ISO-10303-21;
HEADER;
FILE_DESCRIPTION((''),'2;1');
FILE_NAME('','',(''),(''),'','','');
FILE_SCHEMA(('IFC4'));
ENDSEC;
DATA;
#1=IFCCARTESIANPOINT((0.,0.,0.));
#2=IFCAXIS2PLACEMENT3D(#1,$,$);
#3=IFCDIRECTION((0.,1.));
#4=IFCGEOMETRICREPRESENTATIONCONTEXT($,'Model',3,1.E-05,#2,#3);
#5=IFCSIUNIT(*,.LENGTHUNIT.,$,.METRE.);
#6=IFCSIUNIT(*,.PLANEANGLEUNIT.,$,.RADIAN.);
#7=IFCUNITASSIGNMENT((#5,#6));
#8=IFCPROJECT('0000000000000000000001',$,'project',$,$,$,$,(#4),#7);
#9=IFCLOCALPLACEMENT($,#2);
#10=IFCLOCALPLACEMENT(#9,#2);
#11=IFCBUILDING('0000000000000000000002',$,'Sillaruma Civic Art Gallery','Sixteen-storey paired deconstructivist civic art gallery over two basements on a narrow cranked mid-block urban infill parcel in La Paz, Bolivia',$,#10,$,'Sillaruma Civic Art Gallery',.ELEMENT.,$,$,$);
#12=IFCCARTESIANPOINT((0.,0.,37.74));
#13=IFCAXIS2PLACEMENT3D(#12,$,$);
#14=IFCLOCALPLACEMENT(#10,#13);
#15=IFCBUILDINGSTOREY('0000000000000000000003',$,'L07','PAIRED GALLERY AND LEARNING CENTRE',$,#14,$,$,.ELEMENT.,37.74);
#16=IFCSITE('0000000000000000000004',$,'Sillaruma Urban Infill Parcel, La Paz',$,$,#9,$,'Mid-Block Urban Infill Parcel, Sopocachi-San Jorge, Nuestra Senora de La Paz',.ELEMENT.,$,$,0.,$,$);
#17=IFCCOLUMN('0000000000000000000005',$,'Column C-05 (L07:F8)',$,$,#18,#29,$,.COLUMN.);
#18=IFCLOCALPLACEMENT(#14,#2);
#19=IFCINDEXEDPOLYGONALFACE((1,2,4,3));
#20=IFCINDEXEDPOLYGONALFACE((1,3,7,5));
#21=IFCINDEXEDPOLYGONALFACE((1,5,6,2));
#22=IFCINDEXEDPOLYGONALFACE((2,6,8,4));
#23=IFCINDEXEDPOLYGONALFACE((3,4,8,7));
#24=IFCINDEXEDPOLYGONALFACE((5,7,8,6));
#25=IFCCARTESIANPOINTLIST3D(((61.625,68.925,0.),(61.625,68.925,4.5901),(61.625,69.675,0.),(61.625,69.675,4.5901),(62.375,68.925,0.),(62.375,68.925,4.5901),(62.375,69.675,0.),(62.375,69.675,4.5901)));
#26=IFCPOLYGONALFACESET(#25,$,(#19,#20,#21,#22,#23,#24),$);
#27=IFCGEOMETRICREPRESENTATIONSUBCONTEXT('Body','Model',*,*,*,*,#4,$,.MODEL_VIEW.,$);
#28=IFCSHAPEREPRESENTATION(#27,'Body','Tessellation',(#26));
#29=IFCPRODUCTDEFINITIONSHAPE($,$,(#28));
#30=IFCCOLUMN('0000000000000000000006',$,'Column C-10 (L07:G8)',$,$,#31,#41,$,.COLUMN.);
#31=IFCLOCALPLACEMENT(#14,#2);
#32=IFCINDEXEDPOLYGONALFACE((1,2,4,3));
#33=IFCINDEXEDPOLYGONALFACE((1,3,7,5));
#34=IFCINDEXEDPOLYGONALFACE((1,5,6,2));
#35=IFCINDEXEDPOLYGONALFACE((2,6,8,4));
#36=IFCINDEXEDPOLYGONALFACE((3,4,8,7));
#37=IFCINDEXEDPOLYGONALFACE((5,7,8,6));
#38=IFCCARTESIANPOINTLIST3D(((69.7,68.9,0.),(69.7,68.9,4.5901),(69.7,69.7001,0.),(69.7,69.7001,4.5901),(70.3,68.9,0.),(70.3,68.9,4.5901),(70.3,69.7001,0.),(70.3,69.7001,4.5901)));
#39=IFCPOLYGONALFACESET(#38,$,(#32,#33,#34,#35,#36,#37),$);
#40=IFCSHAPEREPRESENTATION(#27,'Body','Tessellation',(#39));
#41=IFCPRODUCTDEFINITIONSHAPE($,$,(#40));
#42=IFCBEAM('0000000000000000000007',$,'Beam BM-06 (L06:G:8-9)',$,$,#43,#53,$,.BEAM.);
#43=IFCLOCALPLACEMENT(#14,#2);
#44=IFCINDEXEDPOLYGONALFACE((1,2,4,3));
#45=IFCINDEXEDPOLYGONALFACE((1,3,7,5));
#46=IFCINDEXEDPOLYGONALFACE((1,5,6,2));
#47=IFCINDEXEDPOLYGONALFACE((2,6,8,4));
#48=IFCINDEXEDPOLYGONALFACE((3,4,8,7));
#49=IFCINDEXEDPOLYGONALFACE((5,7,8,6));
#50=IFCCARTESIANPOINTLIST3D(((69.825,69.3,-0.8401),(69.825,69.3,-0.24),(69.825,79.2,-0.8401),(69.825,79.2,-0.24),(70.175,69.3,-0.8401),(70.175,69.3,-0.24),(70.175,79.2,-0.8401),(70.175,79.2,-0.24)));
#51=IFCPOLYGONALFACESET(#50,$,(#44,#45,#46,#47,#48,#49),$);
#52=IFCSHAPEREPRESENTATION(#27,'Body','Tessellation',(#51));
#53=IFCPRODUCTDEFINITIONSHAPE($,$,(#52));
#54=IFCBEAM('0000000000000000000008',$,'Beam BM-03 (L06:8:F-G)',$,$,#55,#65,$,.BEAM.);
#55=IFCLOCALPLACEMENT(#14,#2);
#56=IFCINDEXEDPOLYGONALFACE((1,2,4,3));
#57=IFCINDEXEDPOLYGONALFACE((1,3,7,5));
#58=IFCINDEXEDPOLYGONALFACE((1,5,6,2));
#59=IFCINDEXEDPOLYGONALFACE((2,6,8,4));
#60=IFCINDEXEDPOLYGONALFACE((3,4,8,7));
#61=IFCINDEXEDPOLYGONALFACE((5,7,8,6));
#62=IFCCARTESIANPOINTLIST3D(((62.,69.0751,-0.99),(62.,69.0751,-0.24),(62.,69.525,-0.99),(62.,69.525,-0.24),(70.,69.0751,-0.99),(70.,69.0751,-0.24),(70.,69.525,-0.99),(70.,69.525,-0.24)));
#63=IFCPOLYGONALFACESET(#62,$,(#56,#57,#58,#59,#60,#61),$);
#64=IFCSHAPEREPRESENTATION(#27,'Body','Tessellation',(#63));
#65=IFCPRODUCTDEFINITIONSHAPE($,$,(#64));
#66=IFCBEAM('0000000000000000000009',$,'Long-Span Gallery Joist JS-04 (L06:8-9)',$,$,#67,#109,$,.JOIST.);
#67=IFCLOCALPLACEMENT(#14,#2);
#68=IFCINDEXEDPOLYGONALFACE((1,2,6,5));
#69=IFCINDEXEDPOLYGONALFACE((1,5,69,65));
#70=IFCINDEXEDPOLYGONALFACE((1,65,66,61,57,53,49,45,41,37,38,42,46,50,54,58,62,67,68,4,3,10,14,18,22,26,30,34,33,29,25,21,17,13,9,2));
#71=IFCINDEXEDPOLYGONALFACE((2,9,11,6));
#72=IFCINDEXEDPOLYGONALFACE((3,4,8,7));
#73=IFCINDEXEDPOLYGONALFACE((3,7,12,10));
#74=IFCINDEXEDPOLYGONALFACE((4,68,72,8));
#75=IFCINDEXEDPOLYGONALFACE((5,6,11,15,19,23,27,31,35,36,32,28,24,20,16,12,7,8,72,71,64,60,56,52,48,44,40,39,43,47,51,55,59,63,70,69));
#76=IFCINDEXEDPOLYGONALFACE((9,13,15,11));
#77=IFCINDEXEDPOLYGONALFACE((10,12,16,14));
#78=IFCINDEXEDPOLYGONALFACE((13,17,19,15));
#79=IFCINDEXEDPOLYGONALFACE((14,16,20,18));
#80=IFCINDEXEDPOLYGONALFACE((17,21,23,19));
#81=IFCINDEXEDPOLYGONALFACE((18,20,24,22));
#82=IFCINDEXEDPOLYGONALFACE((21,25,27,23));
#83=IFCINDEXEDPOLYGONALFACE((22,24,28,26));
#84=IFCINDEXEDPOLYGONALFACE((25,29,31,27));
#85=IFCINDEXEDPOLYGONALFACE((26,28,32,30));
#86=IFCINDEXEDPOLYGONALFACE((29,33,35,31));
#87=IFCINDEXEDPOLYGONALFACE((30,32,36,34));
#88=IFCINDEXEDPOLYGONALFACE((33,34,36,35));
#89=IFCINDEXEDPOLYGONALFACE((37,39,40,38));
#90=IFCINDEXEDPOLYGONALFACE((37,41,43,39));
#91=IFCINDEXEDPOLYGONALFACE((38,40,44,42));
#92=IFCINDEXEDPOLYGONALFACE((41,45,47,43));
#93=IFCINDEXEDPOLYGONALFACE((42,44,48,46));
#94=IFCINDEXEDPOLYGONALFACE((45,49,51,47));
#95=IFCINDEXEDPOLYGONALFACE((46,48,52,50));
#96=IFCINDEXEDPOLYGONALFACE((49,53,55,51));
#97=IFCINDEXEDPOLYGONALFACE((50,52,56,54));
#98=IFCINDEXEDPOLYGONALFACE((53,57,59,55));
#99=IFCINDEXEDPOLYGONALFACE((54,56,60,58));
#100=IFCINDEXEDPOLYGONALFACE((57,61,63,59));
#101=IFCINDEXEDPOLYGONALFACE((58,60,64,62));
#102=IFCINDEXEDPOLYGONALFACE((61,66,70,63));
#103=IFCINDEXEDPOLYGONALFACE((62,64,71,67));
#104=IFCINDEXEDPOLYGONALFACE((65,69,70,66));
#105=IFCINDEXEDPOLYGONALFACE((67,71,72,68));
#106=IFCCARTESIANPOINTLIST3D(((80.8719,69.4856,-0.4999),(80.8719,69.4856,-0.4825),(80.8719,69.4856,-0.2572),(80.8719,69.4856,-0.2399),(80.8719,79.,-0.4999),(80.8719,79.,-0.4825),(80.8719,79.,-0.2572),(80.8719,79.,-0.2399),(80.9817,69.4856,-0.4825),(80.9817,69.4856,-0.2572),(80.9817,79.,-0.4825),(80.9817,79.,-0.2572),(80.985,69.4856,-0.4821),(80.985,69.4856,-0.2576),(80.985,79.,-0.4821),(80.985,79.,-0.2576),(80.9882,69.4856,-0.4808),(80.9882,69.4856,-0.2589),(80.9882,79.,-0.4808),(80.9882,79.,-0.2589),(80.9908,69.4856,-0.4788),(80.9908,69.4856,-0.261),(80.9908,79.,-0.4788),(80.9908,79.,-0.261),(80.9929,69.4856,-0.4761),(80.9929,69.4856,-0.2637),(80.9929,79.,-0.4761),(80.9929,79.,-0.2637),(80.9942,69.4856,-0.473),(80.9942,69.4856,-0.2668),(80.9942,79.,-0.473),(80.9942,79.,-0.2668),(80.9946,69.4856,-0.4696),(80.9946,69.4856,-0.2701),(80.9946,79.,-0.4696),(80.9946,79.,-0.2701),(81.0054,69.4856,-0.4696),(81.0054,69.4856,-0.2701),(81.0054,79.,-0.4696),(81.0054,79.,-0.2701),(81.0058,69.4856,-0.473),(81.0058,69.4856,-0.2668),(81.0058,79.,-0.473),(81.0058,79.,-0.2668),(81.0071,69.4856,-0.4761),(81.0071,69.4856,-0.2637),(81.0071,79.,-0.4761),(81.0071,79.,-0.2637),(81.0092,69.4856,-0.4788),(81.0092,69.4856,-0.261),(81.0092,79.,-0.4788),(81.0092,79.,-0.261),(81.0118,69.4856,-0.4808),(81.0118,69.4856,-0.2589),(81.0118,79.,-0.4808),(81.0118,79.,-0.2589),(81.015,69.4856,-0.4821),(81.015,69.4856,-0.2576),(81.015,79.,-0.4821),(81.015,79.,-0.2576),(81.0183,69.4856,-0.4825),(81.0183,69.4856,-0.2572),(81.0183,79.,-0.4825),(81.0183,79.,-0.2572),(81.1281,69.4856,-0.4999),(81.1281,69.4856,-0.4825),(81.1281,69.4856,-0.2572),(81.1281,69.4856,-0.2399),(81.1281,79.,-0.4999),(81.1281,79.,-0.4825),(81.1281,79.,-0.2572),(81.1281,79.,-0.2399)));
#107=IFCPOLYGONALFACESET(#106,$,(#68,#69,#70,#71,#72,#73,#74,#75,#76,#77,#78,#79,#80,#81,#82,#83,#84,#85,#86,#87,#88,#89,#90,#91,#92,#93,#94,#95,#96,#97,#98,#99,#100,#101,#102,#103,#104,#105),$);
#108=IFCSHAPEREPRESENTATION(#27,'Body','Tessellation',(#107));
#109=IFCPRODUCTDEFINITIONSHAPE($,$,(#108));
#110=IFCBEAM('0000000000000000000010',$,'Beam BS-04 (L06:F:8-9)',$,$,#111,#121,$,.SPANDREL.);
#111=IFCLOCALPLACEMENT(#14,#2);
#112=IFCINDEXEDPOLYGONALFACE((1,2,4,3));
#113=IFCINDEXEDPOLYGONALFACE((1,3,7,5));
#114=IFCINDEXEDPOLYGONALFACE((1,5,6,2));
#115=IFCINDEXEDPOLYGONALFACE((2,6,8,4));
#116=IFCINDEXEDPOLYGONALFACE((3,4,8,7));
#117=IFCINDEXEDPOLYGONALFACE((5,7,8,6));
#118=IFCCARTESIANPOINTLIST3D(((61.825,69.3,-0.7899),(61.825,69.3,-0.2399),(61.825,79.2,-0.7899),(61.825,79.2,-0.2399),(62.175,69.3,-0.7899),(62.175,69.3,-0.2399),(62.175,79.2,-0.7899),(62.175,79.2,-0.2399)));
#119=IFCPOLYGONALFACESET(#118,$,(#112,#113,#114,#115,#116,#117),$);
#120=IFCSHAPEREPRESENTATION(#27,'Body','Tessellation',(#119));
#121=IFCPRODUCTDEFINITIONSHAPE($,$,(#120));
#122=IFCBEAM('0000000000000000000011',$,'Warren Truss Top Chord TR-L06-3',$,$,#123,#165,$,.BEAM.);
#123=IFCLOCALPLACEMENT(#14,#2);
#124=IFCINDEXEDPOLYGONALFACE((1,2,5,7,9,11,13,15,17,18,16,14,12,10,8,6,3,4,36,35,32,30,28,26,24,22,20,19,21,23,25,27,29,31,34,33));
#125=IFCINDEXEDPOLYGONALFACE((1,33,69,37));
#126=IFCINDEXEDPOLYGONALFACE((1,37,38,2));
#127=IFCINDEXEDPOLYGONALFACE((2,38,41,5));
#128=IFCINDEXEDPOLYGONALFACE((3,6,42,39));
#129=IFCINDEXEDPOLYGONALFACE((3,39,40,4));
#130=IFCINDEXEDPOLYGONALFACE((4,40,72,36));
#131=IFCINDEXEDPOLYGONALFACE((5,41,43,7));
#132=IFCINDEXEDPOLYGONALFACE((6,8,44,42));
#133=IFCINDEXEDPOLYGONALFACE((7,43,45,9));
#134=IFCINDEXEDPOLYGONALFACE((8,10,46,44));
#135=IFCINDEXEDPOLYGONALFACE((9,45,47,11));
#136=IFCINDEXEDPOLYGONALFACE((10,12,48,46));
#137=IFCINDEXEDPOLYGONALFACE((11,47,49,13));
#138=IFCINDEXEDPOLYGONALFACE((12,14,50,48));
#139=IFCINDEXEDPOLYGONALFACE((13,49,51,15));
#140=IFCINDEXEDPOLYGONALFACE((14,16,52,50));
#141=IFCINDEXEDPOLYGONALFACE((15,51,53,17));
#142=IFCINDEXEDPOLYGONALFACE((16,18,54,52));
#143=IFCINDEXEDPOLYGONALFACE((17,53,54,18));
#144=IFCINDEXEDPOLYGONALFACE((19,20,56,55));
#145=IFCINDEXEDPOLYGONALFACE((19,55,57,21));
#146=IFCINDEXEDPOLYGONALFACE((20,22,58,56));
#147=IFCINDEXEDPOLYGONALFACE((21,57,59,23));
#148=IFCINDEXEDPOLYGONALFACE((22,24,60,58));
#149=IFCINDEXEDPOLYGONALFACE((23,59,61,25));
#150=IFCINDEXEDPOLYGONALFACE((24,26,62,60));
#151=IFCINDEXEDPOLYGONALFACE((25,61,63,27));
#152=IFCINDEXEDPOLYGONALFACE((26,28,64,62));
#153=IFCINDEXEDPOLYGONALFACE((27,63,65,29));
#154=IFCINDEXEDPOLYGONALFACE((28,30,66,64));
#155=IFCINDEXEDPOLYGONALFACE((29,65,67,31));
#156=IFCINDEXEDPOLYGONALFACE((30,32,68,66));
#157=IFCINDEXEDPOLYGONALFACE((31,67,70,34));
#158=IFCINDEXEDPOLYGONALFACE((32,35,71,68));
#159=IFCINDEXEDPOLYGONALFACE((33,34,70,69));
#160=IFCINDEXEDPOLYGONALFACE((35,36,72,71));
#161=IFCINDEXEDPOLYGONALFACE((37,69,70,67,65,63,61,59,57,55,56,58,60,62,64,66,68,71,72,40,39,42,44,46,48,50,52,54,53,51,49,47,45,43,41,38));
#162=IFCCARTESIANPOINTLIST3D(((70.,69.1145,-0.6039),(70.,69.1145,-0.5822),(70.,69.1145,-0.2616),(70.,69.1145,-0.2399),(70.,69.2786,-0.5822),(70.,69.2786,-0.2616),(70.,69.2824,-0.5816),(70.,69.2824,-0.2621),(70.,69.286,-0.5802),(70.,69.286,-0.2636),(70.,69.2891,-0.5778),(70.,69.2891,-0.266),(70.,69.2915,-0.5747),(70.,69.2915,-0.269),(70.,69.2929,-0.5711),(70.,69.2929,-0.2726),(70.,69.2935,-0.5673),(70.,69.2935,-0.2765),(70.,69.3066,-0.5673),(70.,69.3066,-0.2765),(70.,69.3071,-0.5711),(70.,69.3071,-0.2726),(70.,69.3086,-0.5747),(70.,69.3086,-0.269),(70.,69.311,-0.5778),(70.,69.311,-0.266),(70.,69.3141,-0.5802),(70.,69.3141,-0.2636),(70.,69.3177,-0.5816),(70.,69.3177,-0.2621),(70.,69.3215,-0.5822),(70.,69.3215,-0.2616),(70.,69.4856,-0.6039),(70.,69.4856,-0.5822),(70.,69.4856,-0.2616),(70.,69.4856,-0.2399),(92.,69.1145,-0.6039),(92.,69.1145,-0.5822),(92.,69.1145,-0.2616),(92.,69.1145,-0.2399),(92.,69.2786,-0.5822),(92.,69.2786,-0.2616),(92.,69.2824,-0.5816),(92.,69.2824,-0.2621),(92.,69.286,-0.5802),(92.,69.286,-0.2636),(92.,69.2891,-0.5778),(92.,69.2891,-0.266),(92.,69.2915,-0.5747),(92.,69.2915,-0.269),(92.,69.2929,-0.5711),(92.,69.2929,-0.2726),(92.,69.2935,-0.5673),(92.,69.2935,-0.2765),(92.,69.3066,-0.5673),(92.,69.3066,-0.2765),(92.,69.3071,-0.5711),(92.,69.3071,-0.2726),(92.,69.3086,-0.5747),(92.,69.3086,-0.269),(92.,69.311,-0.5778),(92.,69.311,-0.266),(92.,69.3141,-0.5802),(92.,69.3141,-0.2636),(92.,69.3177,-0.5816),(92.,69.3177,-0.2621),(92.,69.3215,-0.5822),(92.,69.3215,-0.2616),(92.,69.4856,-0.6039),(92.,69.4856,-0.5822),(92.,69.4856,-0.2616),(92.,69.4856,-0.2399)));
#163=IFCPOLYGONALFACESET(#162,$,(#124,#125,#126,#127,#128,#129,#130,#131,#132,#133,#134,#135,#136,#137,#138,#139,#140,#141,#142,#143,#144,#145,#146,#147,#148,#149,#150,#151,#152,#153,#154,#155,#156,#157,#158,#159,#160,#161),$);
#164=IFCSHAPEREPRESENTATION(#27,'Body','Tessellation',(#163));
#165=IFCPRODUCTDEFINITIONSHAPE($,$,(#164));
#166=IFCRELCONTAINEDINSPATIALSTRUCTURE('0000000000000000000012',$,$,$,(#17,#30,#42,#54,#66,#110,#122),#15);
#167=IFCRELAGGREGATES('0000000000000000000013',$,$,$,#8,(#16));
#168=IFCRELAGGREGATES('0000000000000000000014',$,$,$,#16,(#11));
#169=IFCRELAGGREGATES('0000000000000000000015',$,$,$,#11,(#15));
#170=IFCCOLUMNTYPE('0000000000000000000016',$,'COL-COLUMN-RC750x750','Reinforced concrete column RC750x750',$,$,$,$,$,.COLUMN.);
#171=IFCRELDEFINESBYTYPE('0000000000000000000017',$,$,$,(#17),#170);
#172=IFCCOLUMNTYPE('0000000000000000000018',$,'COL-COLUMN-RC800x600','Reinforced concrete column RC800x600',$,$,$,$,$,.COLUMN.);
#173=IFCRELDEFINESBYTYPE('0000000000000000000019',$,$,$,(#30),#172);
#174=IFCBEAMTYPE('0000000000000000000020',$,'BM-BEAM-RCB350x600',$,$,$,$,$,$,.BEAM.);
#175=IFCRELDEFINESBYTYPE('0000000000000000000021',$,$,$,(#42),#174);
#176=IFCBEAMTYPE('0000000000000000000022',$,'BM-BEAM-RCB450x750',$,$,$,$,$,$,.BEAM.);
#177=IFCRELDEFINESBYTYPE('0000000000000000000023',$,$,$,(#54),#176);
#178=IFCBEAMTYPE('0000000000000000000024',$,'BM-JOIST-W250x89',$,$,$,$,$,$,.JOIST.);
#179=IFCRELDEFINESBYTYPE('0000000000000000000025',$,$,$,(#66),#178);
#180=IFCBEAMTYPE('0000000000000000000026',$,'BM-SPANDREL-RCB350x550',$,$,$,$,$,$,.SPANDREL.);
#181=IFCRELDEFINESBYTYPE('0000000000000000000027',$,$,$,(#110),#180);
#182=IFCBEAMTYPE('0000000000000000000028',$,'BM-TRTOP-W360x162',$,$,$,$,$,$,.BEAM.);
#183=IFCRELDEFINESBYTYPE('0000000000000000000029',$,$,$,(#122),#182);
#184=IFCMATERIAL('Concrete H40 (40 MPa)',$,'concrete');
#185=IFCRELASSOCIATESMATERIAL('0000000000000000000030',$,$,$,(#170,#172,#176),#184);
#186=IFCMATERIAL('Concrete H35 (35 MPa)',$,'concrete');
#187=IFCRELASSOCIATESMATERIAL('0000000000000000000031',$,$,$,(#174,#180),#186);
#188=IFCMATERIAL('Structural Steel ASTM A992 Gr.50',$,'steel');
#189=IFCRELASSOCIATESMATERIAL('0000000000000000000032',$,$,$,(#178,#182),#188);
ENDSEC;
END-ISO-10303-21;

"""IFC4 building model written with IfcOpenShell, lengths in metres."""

from ifc_helpers import new_model, si_unit, direction, frame, origin, origin_2d, place, context, subcontext, project, spatial, rectangle, i_section, extrude, material, material_profile, profile_set, type_object, element, save


model = new_model("IFC4")

# Units and contexts
model_context = context("Model", 3, precision=1e-05, world=origin(), true_north=direction((0.0, 1.0)))
body_context = subcontext(model_context, "Body", "Model", "MODEL_VIEW")
ifc_project = project(units=[si_unit("LENGTHUNIT", "METRE"), si_unit("PLANEANGLEUNIT", "RADIAN")], contexts=[model_context])

# Site, building, storey
site_placement = place(None, origin())
site = spatial("IfcSite", under=ifc_project, at=site_placement, Name="Sillaruma Urban Infill Parcel, La Paz", LongName="Mid-Block Urban Infill Parcel, Sopocachi-San Jorge, Nuestra Senora de La Paz", CompositionType="ELEMENT", RefElevation=0.0)
building_placement = place(site_placement, origin())
building = spatial("IfcBuilding", under=site, at=building_placement, Name="Sillaruma Civic Art Gallery", Description="Sixteen-storey paired deconstructivist civic art gallery over two basements on a narrow cranked mid-block urban infill parcel in La Paz, Bolivia", LongName="Sillaruma Civic Art Gallery", CompositionType="ELEMENT")
storey_placement = place(building_placement, frame((0.0, 0.0, 37.74)))
storey = spatial("IfcBuildingStorey", under=building, at=storey_placement, Name="L07", Description="PAIRED GALLERY AND LEARNING CENTRE", CompositionType="ELEMENT", Elevation=37.74)

# Columns
ifc_material_1 = material(Name="Concrete H40 (40 MPa)", Category="concrete")
ifc_material_profile_1 = material_profile(ifc_material_1, rectangle(XDim=0.75, YDim=0.75, at=origin_2d()), Name="RC750x750")
ifc_profile_set_1 = profile_set([ifc_material_profile_1], Name="Concrete H40 (40 MPa)")
column_type_1 = type_object("IfcColumnType", Name="COL-COLUMN-RC750x750", Description="Reinforced concrete column RC750x750", PredefinedType="COLUMN", material=ifc_profile_set_1)
column_1_placement = place(storey_placement, frame((62.0, 69.3, 0.0), z_axis=(0.0, 0.0, 1.0), x_axis=(1.0, 0.0, 0.0)))
element("IfcColumn", 1, at=column_1_placement, inside=storey, type_object=column_type_1, Name="Column C-05 (L07:F8)", PredefinedType="COLUMN", context=body_context, shape_type="SweptSolid", body=[
    extrude(rectangle(XDim=0.75, YDim=0.75, at=origin_2d()), origin(), (0.0, 0.0, 1.0), 4.5901),
])
ifc_material_profile_2 = material_profile(ifc_material_1, rectangle(XDim=0.6001, YDim=0.8, at=origin_2d()), Name="RC800x600")
ifc_profile_set_2 = profile_set([ifc_material_profile_2], Name="Concrete H40 (40 MPa)")
column_type_2 = type_object("IfcColumnType", Name="COL-COLUMN-RC800x600", Description="Reinforced concrete column RC800x600", PredefinedType="COLUMN", material=ifc_profile_set_2)
column_2_placement = place(storey_placement, frame((70.0, 69.3, 0.0), z_axis=(0.0, 0.0, 1.0), x_axis=(1.0, 0.0, 0.0)))
element("IfcColumn", 2, at=column_2_placement, inside=storey, type_object=column_type_2, Name="Column C-10 (L07:G8)", PredefinedType="COLUMN", context=body_context, shape_type="SweptSolid", body=[
    extrude(rectangle(XDim=0.6001, YDim=0.8, at=origin_2d()), origin(), (0.0, 0.0, 1.0), 4.5901),
])

# Beams
ifc_material_2 = material(Name="Concrete H35 (35 MPa)", Category="concrete")
ifc_material_profile_3 = material_profile(ifc_material_2, rectangle(XDim=0.3501, YDim=0.6001, at=origin_2d()), Name="RCB350x600")
ifc_profile_set_3 = profile_set([ifc_material_profile_3], Name="Concrete H35 (35 MPa)")
beam_type_1 = type_object("IfcBeamType", Name="BM-BEAM-RCB350x600", PredefinedType="BEAM", material=ifc_profile_set_3)
beam_1_placement = place(storey_placement, frame((70.0, 69.3, -0.54), z_axis=(0.0, 1.0, 0.0), x_axis=(-1.0, 0.0, 0.0)))
element("IfcBeam", 3, at=beam_1_placement, inside=storey, type_object=beam_type_1, Name="Beam BM-06 (L06:G:8-9)", PredefinedType="BEAM", context=body_context, shape_type="SweptSolid", body=[
    extrude(rectangle(XDim=0.3501, YDim=0.6001, at=origin_2d()), origin(), (0.0, 0.0, 1.0), 9.8999),
])
ifc_material_profile_4 = material_profile(ifc_material_1, rectangle(XDim=0.45, YDim=0.75, at=origin_2d()), Name="RCB450x750")
ifc_profile_set_4 = profile_set([ifc_material_profile_4], Name="Concrete H40 (40 MPa)")
beam_type_2 = type_object("IfcBeamType", Name="BM-BEAM-RCB450x750", PredefinedType="BEAM", material=ifc_profile_set_4)
beam_2_placement = place(storey_placement, frame((62.0, 69.3, -0.615), z_axis=(1.0, 0.0, 0.0), x_axis=(0.0, 1.0, 0.0)))
element("IfcBeam", 4, at=beam_2_placement, inside=storey, type_object=beam_type_2, Name="Beam BM-03 (L06:8:F-G)", PredefinedType="BEAM", context=body_context, shape_type="SweptSolid", body=[
    extrude(rectangle(XDim=0.45, YDim=0.75, at=origin_2d()), origin(), (0.0, 0.0, 1.0), 8.0),
])
ifc_material_3 = material(Name="Structural Steel ASTM A992 Gr.50", Category="steel")
ifc_material_profile_5 = material_profile(ifc_material_3, i_section(OverallWidth=0.2561, OverallDepth=0.26, WebThickness=0.0107, FlangeThickness=0.0173, FilletRadius=0.0129, at=origin_2d()), Name="W250x89")
ifc_profile_set_5 = profile_set([ifc_material_profile_5], Name="Structural Steel ASTM A992 Gr.50")
beam_type_3 = type_object("IfcBeamType", Name="BM-JOIST-W250x89", PredefinedType="JOIST", material=ifc_profile_set_5)
beam_3_placement = place(storey_placement, frame((81.0, 69.4856, -0.3699), z_axis=(0.0, 1.0, 0.0), x_axis=(-1.0, 0.0, 0.0)))
element("IfcBeam", 5, at=beam_3_placement, inside=storey, type_object=beam_type_3, Name="Long-Span Gallery Joist JS-04 (L06:8-9)", PredefinedType="JOIST", context=body_context, shape_type="SweptSolid", body=[
    extrude(i_section(OverallWidth=0.2561, OverallDepth=0.26, WebThickness=0.0107, FlangeThickness=0.0173, FilletRadius=0.0129, at=origin_2d()), origin(), (0.0, 0.0, 1.0), 9.5144),
])
ifc_material_profile_6 = material_profile(ifc_material_2, rectangle(XDim=0.3501, YDim=0.55, at=origin_2d()), Name="RCB350x550")
ifc_profile_set_6 = profile_set([ifc_material_profile_6], Name="Concrete H35 (35 MPa)")
beam_type_4 = type_object("IfcBeamType", Name="BM-SPANDREL-RCB350x550", PredefinedType="SPANDREL", material=ifc_profile_set_6)
beam_4_placement = place(storey_placement, frame((62.0, 69.3, -0.5149), z_axis=(0.0, 1.0, 0.0), x_axis=(-1.0, 0.0, 0.0)))
element("IfcBeam", 6, at=beam_4_placement, inside=storey, type_object=beam_type_4, Name="Beam BS-04 (L06:F:8-9)", PredefinedType="SPANDREL", context=body_context, shape_type="SweptSolid", body=[
    extrude(rectangle(XDim=0.3501, YDim=0.55, at=origin_2d()), origin(), (0.0, 0.0, 1.0), 9.8999),
])
ifc_material_profile_7 = material_profile(ifc_material_3, i_section(OverallWidth=0.3711, OverallDepth=0.364, WebThickness=0.0132, FlangeThickness=0.0217, FilletRadius=0.0149, at=origin_2d()), Name="W360x162")
ifc_profile_set_7 = profile_set([ifc_material_profile_7], Name="Structural Steel ASTM A992 Gr.50")
beam_type_5 = type_object("IfcBeamType", Name="BM-TRTOP-W360x162", PredefinedType="BEAM", material=ifc_profile_set_7)
beam_5_placement = place(storey_placement, frame((70.0, 69.3, -0.4219), z_axis=(1.0, 0.0, 0.0), x_axis=(0.0, 1.0, 0.0)))
element("IfcBeam", 7, at=beam_5_placement, inside=storey, type_object=beam_type_5, Name="Warren Truss Top Chord TR-L06-3", PredefinedType="BEAM", context=body_context, shape_type="SweptSolid", body=[
    extrude(i_section(OverallWidth=0.3711, OverallDepth=0.364, WebThickness=0.0132, FlangeThickness=0.0217, FilletRadius=0.0149, at=origin_2d()), origin(), (0.0, 0.0, 1.0), 22.0),
])

save(model, "model.ifc")
